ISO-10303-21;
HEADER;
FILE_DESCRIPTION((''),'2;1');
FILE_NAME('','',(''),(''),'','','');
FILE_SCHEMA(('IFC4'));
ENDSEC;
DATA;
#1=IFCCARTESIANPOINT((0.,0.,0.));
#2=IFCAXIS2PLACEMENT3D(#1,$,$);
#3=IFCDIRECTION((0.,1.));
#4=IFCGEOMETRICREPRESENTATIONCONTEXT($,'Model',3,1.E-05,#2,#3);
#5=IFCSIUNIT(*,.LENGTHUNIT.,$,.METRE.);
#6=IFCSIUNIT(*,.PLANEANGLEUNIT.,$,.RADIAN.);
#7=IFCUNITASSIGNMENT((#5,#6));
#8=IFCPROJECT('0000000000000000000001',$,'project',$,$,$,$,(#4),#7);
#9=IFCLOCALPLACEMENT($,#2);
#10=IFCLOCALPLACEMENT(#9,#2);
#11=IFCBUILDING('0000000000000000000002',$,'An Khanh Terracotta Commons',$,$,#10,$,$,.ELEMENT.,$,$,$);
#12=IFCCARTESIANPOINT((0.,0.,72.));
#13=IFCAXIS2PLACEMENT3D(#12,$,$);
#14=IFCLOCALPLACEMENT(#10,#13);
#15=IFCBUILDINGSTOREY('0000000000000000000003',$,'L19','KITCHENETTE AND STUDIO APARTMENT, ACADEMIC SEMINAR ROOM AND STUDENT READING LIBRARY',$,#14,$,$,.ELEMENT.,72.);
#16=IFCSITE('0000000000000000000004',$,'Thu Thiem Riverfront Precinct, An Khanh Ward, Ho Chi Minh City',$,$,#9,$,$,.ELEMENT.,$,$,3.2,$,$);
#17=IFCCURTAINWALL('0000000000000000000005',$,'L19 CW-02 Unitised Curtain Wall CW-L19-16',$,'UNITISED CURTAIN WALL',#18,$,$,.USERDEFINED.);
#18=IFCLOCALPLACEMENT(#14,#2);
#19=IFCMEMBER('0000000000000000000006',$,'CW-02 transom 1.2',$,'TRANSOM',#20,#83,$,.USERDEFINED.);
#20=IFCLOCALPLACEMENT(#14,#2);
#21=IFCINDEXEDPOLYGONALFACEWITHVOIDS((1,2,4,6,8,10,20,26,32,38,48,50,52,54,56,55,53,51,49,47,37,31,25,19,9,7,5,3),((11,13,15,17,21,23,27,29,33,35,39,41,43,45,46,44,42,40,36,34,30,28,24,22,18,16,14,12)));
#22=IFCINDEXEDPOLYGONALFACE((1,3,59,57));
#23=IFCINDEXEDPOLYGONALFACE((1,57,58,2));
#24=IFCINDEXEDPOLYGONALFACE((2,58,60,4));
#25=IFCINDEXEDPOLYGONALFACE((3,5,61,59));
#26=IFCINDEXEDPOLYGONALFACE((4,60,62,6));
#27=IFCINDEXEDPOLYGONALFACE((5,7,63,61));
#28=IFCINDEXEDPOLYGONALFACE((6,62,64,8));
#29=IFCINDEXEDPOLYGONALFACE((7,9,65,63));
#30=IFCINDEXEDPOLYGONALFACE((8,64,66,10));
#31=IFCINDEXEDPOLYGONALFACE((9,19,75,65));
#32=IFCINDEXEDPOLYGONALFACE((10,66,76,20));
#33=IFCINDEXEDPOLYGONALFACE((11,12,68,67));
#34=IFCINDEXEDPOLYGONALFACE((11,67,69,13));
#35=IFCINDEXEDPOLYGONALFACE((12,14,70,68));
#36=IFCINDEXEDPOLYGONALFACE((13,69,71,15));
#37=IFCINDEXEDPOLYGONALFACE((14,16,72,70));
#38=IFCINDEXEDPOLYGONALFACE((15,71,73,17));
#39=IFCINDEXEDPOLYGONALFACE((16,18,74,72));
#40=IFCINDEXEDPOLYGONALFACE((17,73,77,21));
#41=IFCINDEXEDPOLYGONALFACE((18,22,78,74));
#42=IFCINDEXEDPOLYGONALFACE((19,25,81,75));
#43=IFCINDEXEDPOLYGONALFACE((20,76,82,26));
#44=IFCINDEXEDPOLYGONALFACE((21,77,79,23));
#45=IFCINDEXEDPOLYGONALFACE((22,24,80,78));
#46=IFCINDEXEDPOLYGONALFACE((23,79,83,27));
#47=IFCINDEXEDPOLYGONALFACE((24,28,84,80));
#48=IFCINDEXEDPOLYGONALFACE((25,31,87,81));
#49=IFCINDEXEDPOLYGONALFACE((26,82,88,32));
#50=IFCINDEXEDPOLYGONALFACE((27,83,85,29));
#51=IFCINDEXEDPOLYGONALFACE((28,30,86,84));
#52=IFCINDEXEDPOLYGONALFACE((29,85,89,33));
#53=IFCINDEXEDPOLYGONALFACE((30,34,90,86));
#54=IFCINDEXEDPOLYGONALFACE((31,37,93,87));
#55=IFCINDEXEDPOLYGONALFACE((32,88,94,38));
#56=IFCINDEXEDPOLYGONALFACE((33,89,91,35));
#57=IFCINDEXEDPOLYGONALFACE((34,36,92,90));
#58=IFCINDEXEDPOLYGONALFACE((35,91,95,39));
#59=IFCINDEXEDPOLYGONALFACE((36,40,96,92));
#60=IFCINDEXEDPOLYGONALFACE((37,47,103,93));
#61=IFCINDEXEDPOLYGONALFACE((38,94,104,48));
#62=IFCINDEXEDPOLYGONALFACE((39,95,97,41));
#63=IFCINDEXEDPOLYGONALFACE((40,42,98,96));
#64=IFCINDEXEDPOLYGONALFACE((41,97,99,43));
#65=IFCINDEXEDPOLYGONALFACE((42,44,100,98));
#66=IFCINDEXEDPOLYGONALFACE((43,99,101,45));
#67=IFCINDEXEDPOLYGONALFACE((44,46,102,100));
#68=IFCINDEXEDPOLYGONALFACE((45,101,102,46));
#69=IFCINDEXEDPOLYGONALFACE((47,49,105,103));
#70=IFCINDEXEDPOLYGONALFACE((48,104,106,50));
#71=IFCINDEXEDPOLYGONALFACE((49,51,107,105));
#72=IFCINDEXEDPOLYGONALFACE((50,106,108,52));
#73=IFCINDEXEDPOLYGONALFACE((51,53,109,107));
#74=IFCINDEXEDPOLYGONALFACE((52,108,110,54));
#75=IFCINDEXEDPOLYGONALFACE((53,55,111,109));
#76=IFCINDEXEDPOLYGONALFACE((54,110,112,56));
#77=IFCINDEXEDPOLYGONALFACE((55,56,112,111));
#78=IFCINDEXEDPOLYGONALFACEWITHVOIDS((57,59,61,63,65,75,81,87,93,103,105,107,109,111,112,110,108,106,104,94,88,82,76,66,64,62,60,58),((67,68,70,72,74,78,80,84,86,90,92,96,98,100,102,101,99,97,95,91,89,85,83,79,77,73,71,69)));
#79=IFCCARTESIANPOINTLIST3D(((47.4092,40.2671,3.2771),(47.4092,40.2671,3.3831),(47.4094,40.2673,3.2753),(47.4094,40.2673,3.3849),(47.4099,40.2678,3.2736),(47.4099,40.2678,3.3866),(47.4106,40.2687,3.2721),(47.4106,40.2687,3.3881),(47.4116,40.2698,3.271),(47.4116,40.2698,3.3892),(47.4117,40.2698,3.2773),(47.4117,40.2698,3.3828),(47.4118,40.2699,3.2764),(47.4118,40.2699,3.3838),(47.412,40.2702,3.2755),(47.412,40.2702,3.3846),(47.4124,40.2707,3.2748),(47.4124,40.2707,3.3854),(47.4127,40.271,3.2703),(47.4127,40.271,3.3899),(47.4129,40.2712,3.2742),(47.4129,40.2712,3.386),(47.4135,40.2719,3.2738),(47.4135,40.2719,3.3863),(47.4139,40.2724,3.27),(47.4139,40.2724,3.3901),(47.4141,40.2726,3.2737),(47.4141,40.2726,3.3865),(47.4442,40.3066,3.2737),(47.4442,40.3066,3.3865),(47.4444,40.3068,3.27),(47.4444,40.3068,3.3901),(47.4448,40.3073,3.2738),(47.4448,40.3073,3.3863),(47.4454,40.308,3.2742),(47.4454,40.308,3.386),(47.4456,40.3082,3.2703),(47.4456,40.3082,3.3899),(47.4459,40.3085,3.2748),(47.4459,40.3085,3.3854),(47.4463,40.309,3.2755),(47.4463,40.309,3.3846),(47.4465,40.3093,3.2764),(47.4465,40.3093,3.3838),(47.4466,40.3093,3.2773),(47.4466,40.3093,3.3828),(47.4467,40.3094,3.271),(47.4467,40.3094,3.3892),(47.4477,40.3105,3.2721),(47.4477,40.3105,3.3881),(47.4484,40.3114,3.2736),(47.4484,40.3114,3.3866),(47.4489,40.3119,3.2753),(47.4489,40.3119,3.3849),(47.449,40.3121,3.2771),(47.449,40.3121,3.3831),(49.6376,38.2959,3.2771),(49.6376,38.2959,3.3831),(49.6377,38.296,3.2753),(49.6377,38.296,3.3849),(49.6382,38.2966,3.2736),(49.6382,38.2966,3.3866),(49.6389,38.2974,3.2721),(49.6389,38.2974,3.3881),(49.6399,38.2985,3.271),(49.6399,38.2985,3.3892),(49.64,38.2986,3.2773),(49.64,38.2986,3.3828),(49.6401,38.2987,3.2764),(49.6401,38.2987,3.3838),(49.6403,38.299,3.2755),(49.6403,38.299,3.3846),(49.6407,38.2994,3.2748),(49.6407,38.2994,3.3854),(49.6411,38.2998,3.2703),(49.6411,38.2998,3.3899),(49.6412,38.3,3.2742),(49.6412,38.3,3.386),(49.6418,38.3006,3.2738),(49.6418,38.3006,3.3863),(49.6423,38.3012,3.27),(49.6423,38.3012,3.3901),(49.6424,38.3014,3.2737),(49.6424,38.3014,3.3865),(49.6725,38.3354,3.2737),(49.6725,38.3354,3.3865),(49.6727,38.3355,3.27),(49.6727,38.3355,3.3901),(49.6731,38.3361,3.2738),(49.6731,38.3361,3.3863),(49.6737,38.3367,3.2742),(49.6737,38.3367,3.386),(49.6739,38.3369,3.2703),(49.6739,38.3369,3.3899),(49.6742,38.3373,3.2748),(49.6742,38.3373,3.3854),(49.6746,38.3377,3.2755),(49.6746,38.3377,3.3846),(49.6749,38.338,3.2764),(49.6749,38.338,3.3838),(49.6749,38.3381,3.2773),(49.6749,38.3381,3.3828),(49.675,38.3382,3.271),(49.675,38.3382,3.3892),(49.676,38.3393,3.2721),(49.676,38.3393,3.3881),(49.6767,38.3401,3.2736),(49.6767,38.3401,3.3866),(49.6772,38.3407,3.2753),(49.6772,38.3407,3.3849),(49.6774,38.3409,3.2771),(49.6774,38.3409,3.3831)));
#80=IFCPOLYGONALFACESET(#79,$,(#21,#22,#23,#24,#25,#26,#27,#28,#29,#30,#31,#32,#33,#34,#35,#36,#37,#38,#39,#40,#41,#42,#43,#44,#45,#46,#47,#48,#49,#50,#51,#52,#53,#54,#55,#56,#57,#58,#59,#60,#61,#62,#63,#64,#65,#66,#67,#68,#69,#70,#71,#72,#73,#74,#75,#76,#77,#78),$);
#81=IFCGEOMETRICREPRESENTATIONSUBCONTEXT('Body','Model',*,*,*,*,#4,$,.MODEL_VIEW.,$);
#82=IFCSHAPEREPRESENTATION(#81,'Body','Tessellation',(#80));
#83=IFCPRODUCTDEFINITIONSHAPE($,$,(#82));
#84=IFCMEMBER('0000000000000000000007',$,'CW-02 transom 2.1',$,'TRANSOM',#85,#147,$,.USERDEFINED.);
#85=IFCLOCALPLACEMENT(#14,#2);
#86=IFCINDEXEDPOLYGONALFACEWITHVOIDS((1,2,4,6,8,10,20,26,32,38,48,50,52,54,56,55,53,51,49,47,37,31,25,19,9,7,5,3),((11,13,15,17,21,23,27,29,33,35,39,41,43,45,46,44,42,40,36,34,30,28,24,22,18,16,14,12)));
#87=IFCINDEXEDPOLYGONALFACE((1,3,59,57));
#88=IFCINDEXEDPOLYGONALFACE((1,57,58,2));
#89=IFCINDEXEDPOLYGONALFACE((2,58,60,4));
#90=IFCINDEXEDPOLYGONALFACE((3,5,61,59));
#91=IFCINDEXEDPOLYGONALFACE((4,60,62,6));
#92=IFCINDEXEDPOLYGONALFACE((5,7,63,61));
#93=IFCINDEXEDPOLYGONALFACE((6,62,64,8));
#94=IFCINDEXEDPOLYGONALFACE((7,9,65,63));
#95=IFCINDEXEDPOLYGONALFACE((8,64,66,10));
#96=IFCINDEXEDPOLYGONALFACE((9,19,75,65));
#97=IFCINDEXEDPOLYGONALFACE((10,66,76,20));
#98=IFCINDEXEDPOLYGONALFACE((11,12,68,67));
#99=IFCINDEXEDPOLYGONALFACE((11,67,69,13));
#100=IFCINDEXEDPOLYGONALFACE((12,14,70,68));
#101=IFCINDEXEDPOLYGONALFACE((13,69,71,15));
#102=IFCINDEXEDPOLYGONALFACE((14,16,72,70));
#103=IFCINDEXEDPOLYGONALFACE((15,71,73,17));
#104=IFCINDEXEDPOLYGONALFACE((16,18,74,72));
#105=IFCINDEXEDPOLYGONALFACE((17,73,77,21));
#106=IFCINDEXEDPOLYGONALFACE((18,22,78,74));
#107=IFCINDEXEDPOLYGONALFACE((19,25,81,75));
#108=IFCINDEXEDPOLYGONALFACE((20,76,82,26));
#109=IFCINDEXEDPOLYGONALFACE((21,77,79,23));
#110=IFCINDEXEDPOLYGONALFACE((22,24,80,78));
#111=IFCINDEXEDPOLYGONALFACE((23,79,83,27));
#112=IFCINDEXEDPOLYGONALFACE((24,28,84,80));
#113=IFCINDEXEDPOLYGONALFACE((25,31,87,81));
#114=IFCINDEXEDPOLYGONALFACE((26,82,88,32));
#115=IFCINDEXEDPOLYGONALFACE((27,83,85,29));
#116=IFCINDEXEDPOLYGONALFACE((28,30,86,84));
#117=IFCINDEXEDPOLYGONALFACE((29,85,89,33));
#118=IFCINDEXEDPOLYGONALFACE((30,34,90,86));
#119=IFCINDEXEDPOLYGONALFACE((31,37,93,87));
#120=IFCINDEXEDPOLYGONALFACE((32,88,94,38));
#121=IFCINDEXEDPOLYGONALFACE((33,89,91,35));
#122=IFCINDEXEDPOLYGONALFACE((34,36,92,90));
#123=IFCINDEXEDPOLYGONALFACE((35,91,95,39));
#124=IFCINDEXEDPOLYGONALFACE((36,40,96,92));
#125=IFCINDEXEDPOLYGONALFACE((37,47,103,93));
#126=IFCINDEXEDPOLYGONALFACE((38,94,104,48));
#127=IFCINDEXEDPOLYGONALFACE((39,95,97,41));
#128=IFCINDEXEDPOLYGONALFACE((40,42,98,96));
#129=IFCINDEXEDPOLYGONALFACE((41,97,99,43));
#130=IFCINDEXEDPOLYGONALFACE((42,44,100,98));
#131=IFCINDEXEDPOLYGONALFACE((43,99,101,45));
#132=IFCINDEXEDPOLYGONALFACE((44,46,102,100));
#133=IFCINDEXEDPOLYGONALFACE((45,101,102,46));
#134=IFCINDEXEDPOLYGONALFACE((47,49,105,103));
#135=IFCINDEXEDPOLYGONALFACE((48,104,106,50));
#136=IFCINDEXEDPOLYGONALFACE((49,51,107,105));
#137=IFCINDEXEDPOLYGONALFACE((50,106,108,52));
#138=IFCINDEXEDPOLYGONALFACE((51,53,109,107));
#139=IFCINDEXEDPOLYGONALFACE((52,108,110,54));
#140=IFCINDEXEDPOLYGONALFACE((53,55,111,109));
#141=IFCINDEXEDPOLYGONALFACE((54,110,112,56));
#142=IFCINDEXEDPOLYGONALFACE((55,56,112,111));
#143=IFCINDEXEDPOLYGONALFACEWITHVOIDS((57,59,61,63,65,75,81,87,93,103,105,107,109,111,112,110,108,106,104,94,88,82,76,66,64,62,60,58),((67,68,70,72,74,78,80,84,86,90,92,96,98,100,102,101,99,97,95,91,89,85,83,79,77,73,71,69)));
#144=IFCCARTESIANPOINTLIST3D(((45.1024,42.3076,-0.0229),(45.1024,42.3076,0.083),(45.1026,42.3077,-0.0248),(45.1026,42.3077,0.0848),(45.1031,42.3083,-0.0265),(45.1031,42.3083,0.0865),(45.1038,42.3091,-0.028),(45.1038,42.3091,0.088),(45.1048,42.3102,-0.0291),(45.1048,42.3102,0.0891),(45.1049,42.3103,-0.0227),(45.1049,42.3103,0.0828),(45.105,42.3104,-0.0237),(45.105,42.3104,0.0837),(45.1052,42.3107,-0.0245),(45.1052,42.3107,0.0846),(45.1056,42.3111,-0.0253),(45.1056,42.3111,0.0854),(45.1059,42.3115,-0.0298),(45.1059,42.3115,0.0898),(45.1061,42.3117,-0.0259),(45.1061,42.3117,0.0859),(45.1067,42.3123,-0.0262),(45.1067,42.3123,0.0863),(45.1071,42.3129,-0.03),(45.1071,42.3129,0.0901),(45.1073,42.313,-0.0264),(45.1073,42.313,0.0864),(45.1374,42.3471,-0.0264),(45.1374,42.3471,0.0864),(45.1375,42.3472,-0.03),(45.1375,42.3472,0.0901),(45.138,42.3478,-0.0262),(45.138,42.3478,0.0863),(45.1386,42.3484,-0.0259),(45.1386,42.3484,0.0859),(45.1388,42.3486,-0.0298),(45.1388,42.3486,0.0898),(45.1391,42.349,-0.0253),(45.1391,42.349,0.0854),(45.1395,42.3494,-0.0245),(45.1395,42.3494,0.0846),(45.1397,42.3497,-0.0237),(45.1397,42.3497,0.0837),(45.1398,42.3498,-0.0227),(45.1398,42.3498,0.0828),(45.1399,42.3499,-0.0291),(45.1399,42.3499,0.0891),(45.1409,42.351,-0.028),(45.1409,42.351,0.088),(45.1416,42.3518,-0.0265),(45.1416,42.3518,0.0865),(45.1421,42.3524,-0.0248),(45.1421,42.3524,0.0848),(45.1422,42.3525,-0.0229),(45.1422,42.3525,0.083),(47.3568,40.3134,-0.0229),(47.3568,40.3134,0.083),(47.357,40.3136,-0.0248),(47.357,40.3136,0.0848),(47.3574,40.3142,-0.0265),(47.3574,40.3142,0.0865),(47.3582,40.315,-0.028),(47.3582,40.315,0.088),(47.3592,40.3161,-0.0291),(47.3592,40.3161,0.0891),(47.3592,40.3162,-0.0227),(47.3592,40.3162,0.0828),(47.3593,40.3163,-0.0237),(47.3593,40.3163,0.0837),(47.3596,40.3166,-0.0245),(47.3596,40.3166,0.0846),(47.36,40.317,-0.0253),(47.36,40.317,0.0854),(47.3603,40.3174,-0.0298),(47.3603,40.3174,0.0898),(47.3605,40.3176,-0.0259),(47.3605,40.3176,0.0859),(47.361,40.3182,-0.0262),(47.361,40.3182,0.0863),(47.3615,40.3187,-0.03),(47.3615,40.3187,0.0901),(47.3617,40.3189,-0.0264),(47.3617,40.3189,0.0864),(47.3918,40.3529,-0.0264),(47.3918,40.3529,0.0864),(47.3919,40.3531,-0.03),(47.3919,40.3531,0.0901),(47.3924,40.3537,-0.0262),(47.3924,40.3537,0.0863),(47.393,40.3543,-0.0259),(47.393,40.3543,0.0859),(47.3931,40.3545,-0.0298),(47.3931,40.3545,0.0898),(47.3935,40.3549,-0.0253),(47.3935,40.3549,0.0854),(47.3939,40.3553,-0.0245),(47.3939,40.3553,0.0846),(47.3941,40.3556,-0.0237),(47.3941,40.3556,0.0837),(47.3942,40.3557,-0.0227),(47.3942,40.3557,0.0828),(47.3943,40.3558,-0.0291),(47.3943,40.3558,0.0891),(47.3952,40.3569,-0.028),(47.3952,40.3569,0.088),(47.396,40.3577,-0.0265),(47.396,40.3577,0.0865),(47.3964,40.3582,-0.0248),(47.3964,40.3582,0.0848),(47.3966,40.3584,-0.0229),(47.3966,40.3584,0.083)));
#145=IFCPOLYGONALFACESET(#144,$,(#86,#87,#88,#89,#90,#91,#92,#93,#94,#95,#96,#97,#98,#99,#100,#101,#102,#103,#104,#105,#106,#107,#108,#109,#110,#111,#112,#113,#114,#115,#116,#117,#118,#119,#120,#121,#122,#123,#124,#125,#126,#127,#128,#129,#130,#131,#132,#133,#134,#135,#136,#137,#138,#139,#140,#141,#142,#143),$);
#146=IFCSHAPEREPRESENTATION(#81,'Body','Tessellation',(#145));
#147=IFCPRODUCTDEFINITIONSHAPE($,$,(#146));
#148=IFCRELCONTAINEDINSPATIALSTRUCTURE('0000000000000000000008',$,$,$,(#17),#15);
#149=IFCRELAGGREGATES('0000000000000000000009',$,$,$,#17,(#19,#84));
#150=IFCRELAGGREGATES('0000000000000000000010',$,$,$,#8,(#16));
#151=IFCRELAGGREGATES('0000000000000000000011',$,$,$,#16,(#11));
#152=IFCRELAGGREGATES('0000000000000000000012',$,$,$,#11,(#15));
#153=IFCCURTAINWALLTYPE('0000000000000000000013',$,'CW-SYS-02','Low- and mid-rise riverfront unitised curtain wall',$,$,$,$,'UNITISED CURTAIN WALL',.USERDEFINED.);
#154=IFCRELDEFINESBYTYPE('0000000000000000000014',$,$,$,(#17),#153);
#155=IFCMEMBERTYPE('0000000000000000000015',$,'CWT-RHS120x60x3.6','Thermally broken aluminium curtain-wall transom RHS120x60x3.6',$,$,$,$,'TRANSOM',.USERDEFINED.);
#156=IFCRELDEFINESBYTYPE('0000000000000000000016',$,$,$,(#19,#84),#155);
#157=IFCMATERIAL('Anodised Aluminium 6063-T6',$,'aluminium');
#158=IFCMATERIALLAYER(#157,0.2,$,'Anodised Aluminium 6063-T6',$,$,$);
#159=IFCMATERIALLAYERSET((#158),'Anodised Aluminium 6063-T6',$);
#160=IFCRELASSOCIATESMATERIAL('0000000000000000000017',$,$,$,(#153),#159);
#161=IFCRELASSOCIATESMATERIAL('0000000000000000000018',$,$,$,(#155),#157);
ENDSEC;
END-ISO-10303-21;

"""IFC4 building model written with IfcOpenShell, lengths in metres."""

from ifc_helpers import new_model, si_unit, direction, frame, origin, origin_2d, place, context, subcontext, project, spatial, hollow_rectangle, extrude, material, layer, layer_set, material_profile, profile_set, type_object, element, aggregate, save


model = new_model("IFC4")

# Units and contexts
model_context = context("Model", 3, precision=1e-05, world=origin(), true_north=direction((0.0, 1.0)))
body_context = subcontext(model_context, "Body", "Model", "MODEL_VIEW")
ifc_project = project(units=[si_unit("LENGTHUNIT", "METRE"), si_unit("PLANEANGLEUNIT", "RADIAN")], contexts=[model_context])

# Site, building, storey
site_placement = place(None, origin())
site = spatial("IfcSite", under=ifc_project, at=site_placement, Name="Thu Thiem Riverfront Precinct, An Khanh Ward, Ho Chi Minh City", CompositionType="ELEMENT", RefElevation=3.2)
building_placement = place(site_placement, origin())
building = spatial("IfcBuilding", under=site, at=building_placement, Name="An Khanh Terracotta Commons", CompositionType="ELEMENT")
storey_placement = place(building_placement, frame((0.0, 0.0, 72.0)))
storey = spatial("IfcBuildingStorey", under=building, at=storey_placement, Name="L19", Description="KITCHENETTE AND STUDIO APARTMENT, ACADEMIC SEMINAR ROOM AND STUDENT READING LIBRARY", CompositionType="ELEMENT", Elevation=72.0)

# Shared definitions
ifc_material_1 = material(Name="Anodised Aluminium 6063-T6", Category="aluminium")
ifc_layer_1 = layer(ifc_material_1, 0.2, Name="Anodised Aluminium 6063-T6")
ifc_layer_set_1 = layer_set([ifc_layer_1], Name="Anodised Aluminium 6063-T6")
curtain_wall_type = type_object("IfcCurtainWallType", Name="CW-SYS-02", Description="Low- and mid-rise riverfront unitised curtain wall", ElementType="UNITISED CURTAIN WALL", PredefinedType="USERDEFINED", material=ifc_layer_set_1)

# Curtain wall, members
curtain_wall_1_placement = place(storey_placement, origin())
curtain_wall_1 = element("IfcCurtainWall", 1, at=curtain_wall_1_placement, inside=storey, type_object=curtain_wall_type, Name="L19 CW-02 Unitised Curtain Wall CW-L19-16", ObjectType="UNITISED CURTAIN WALL", PredefinedType="USERDEFINED")
ifc_material_profile_1 = material_profile(ifc_material_1, hollow_rectangle(XDim=0.0601, YDim=0.1201, WallThickness=0.0037, InnerFilletRadius=0.0037, OuterFilletRadius=0.0071, at=origin_2d()), Name="RHS120x60x3.6")
ifc_profile_set_1 = profile_set([ifc_material_profile_1], Name="Anodised Aluminium 6063-T6")
member_type_1 = type_object("IfcMemberType", Name="CWT-RHS120x60x3.6", Description="Thermally broken aluminium curtain-wall transom RHS120x60x3.6", ElementType="TRANSOM", PredefinedType="USERDEFINED", material=ifc_profile_set_1)
member_1_placement = place(storey_placement, frame((49.6575, 38.3184, 3.3301), z_axis=(-0.748992, 0.662579, 0.0), x_axis=(-0.662579, -0.748992, 0.0)))
member_1 = element("IfcMember", 2, at=member_1_placement, type_object=member_type_1, Name="CW-02 transom 1.2", ObjectType="TRANSOM", PredefinedType="USERDEFINED", context=body_context, shape_type="SweptSolid", body=[
    extrude(hollow_rectangle(XDim=0.0601, YDim=0.1201, WallThickness=0.0037, InnerFilletRadius=0.0037, OuterFilletRadius=0.0071, at=origin_2d()), origin(), (0.0, 0.0, 1.0), 2.9751),
])
member_2_placement = place(storey_placement, frame((47.3767, 40.3359, 0.03), z_axis=(-0.749018, 0.662549, 0.0), x_axis=(-0.662549, -0.749018, 0.0)))
member_2 = element("IfcMember", 3, at=member_2_placement, type_object=member_type_1, Name="CW-02 transom 2.1", ObjectType="TRANSOM", PredefinedType="USERDEFINED", context=body_context, shape_type="SweptSolid", body=[
    extrude(hollow_rectangle(XDim=0.0601, YDim=0.1201, WallThickness=0.0037, InnerFilletRadius=0.0037, OuterFilletRadius=0.0071, at=origin_2d()), origin(), (0.0, 0.0, 1.0), 3.0098),
])
aggregate(curtain_wall_1, [member_1, member_2])

save(model, "model.ifc")
